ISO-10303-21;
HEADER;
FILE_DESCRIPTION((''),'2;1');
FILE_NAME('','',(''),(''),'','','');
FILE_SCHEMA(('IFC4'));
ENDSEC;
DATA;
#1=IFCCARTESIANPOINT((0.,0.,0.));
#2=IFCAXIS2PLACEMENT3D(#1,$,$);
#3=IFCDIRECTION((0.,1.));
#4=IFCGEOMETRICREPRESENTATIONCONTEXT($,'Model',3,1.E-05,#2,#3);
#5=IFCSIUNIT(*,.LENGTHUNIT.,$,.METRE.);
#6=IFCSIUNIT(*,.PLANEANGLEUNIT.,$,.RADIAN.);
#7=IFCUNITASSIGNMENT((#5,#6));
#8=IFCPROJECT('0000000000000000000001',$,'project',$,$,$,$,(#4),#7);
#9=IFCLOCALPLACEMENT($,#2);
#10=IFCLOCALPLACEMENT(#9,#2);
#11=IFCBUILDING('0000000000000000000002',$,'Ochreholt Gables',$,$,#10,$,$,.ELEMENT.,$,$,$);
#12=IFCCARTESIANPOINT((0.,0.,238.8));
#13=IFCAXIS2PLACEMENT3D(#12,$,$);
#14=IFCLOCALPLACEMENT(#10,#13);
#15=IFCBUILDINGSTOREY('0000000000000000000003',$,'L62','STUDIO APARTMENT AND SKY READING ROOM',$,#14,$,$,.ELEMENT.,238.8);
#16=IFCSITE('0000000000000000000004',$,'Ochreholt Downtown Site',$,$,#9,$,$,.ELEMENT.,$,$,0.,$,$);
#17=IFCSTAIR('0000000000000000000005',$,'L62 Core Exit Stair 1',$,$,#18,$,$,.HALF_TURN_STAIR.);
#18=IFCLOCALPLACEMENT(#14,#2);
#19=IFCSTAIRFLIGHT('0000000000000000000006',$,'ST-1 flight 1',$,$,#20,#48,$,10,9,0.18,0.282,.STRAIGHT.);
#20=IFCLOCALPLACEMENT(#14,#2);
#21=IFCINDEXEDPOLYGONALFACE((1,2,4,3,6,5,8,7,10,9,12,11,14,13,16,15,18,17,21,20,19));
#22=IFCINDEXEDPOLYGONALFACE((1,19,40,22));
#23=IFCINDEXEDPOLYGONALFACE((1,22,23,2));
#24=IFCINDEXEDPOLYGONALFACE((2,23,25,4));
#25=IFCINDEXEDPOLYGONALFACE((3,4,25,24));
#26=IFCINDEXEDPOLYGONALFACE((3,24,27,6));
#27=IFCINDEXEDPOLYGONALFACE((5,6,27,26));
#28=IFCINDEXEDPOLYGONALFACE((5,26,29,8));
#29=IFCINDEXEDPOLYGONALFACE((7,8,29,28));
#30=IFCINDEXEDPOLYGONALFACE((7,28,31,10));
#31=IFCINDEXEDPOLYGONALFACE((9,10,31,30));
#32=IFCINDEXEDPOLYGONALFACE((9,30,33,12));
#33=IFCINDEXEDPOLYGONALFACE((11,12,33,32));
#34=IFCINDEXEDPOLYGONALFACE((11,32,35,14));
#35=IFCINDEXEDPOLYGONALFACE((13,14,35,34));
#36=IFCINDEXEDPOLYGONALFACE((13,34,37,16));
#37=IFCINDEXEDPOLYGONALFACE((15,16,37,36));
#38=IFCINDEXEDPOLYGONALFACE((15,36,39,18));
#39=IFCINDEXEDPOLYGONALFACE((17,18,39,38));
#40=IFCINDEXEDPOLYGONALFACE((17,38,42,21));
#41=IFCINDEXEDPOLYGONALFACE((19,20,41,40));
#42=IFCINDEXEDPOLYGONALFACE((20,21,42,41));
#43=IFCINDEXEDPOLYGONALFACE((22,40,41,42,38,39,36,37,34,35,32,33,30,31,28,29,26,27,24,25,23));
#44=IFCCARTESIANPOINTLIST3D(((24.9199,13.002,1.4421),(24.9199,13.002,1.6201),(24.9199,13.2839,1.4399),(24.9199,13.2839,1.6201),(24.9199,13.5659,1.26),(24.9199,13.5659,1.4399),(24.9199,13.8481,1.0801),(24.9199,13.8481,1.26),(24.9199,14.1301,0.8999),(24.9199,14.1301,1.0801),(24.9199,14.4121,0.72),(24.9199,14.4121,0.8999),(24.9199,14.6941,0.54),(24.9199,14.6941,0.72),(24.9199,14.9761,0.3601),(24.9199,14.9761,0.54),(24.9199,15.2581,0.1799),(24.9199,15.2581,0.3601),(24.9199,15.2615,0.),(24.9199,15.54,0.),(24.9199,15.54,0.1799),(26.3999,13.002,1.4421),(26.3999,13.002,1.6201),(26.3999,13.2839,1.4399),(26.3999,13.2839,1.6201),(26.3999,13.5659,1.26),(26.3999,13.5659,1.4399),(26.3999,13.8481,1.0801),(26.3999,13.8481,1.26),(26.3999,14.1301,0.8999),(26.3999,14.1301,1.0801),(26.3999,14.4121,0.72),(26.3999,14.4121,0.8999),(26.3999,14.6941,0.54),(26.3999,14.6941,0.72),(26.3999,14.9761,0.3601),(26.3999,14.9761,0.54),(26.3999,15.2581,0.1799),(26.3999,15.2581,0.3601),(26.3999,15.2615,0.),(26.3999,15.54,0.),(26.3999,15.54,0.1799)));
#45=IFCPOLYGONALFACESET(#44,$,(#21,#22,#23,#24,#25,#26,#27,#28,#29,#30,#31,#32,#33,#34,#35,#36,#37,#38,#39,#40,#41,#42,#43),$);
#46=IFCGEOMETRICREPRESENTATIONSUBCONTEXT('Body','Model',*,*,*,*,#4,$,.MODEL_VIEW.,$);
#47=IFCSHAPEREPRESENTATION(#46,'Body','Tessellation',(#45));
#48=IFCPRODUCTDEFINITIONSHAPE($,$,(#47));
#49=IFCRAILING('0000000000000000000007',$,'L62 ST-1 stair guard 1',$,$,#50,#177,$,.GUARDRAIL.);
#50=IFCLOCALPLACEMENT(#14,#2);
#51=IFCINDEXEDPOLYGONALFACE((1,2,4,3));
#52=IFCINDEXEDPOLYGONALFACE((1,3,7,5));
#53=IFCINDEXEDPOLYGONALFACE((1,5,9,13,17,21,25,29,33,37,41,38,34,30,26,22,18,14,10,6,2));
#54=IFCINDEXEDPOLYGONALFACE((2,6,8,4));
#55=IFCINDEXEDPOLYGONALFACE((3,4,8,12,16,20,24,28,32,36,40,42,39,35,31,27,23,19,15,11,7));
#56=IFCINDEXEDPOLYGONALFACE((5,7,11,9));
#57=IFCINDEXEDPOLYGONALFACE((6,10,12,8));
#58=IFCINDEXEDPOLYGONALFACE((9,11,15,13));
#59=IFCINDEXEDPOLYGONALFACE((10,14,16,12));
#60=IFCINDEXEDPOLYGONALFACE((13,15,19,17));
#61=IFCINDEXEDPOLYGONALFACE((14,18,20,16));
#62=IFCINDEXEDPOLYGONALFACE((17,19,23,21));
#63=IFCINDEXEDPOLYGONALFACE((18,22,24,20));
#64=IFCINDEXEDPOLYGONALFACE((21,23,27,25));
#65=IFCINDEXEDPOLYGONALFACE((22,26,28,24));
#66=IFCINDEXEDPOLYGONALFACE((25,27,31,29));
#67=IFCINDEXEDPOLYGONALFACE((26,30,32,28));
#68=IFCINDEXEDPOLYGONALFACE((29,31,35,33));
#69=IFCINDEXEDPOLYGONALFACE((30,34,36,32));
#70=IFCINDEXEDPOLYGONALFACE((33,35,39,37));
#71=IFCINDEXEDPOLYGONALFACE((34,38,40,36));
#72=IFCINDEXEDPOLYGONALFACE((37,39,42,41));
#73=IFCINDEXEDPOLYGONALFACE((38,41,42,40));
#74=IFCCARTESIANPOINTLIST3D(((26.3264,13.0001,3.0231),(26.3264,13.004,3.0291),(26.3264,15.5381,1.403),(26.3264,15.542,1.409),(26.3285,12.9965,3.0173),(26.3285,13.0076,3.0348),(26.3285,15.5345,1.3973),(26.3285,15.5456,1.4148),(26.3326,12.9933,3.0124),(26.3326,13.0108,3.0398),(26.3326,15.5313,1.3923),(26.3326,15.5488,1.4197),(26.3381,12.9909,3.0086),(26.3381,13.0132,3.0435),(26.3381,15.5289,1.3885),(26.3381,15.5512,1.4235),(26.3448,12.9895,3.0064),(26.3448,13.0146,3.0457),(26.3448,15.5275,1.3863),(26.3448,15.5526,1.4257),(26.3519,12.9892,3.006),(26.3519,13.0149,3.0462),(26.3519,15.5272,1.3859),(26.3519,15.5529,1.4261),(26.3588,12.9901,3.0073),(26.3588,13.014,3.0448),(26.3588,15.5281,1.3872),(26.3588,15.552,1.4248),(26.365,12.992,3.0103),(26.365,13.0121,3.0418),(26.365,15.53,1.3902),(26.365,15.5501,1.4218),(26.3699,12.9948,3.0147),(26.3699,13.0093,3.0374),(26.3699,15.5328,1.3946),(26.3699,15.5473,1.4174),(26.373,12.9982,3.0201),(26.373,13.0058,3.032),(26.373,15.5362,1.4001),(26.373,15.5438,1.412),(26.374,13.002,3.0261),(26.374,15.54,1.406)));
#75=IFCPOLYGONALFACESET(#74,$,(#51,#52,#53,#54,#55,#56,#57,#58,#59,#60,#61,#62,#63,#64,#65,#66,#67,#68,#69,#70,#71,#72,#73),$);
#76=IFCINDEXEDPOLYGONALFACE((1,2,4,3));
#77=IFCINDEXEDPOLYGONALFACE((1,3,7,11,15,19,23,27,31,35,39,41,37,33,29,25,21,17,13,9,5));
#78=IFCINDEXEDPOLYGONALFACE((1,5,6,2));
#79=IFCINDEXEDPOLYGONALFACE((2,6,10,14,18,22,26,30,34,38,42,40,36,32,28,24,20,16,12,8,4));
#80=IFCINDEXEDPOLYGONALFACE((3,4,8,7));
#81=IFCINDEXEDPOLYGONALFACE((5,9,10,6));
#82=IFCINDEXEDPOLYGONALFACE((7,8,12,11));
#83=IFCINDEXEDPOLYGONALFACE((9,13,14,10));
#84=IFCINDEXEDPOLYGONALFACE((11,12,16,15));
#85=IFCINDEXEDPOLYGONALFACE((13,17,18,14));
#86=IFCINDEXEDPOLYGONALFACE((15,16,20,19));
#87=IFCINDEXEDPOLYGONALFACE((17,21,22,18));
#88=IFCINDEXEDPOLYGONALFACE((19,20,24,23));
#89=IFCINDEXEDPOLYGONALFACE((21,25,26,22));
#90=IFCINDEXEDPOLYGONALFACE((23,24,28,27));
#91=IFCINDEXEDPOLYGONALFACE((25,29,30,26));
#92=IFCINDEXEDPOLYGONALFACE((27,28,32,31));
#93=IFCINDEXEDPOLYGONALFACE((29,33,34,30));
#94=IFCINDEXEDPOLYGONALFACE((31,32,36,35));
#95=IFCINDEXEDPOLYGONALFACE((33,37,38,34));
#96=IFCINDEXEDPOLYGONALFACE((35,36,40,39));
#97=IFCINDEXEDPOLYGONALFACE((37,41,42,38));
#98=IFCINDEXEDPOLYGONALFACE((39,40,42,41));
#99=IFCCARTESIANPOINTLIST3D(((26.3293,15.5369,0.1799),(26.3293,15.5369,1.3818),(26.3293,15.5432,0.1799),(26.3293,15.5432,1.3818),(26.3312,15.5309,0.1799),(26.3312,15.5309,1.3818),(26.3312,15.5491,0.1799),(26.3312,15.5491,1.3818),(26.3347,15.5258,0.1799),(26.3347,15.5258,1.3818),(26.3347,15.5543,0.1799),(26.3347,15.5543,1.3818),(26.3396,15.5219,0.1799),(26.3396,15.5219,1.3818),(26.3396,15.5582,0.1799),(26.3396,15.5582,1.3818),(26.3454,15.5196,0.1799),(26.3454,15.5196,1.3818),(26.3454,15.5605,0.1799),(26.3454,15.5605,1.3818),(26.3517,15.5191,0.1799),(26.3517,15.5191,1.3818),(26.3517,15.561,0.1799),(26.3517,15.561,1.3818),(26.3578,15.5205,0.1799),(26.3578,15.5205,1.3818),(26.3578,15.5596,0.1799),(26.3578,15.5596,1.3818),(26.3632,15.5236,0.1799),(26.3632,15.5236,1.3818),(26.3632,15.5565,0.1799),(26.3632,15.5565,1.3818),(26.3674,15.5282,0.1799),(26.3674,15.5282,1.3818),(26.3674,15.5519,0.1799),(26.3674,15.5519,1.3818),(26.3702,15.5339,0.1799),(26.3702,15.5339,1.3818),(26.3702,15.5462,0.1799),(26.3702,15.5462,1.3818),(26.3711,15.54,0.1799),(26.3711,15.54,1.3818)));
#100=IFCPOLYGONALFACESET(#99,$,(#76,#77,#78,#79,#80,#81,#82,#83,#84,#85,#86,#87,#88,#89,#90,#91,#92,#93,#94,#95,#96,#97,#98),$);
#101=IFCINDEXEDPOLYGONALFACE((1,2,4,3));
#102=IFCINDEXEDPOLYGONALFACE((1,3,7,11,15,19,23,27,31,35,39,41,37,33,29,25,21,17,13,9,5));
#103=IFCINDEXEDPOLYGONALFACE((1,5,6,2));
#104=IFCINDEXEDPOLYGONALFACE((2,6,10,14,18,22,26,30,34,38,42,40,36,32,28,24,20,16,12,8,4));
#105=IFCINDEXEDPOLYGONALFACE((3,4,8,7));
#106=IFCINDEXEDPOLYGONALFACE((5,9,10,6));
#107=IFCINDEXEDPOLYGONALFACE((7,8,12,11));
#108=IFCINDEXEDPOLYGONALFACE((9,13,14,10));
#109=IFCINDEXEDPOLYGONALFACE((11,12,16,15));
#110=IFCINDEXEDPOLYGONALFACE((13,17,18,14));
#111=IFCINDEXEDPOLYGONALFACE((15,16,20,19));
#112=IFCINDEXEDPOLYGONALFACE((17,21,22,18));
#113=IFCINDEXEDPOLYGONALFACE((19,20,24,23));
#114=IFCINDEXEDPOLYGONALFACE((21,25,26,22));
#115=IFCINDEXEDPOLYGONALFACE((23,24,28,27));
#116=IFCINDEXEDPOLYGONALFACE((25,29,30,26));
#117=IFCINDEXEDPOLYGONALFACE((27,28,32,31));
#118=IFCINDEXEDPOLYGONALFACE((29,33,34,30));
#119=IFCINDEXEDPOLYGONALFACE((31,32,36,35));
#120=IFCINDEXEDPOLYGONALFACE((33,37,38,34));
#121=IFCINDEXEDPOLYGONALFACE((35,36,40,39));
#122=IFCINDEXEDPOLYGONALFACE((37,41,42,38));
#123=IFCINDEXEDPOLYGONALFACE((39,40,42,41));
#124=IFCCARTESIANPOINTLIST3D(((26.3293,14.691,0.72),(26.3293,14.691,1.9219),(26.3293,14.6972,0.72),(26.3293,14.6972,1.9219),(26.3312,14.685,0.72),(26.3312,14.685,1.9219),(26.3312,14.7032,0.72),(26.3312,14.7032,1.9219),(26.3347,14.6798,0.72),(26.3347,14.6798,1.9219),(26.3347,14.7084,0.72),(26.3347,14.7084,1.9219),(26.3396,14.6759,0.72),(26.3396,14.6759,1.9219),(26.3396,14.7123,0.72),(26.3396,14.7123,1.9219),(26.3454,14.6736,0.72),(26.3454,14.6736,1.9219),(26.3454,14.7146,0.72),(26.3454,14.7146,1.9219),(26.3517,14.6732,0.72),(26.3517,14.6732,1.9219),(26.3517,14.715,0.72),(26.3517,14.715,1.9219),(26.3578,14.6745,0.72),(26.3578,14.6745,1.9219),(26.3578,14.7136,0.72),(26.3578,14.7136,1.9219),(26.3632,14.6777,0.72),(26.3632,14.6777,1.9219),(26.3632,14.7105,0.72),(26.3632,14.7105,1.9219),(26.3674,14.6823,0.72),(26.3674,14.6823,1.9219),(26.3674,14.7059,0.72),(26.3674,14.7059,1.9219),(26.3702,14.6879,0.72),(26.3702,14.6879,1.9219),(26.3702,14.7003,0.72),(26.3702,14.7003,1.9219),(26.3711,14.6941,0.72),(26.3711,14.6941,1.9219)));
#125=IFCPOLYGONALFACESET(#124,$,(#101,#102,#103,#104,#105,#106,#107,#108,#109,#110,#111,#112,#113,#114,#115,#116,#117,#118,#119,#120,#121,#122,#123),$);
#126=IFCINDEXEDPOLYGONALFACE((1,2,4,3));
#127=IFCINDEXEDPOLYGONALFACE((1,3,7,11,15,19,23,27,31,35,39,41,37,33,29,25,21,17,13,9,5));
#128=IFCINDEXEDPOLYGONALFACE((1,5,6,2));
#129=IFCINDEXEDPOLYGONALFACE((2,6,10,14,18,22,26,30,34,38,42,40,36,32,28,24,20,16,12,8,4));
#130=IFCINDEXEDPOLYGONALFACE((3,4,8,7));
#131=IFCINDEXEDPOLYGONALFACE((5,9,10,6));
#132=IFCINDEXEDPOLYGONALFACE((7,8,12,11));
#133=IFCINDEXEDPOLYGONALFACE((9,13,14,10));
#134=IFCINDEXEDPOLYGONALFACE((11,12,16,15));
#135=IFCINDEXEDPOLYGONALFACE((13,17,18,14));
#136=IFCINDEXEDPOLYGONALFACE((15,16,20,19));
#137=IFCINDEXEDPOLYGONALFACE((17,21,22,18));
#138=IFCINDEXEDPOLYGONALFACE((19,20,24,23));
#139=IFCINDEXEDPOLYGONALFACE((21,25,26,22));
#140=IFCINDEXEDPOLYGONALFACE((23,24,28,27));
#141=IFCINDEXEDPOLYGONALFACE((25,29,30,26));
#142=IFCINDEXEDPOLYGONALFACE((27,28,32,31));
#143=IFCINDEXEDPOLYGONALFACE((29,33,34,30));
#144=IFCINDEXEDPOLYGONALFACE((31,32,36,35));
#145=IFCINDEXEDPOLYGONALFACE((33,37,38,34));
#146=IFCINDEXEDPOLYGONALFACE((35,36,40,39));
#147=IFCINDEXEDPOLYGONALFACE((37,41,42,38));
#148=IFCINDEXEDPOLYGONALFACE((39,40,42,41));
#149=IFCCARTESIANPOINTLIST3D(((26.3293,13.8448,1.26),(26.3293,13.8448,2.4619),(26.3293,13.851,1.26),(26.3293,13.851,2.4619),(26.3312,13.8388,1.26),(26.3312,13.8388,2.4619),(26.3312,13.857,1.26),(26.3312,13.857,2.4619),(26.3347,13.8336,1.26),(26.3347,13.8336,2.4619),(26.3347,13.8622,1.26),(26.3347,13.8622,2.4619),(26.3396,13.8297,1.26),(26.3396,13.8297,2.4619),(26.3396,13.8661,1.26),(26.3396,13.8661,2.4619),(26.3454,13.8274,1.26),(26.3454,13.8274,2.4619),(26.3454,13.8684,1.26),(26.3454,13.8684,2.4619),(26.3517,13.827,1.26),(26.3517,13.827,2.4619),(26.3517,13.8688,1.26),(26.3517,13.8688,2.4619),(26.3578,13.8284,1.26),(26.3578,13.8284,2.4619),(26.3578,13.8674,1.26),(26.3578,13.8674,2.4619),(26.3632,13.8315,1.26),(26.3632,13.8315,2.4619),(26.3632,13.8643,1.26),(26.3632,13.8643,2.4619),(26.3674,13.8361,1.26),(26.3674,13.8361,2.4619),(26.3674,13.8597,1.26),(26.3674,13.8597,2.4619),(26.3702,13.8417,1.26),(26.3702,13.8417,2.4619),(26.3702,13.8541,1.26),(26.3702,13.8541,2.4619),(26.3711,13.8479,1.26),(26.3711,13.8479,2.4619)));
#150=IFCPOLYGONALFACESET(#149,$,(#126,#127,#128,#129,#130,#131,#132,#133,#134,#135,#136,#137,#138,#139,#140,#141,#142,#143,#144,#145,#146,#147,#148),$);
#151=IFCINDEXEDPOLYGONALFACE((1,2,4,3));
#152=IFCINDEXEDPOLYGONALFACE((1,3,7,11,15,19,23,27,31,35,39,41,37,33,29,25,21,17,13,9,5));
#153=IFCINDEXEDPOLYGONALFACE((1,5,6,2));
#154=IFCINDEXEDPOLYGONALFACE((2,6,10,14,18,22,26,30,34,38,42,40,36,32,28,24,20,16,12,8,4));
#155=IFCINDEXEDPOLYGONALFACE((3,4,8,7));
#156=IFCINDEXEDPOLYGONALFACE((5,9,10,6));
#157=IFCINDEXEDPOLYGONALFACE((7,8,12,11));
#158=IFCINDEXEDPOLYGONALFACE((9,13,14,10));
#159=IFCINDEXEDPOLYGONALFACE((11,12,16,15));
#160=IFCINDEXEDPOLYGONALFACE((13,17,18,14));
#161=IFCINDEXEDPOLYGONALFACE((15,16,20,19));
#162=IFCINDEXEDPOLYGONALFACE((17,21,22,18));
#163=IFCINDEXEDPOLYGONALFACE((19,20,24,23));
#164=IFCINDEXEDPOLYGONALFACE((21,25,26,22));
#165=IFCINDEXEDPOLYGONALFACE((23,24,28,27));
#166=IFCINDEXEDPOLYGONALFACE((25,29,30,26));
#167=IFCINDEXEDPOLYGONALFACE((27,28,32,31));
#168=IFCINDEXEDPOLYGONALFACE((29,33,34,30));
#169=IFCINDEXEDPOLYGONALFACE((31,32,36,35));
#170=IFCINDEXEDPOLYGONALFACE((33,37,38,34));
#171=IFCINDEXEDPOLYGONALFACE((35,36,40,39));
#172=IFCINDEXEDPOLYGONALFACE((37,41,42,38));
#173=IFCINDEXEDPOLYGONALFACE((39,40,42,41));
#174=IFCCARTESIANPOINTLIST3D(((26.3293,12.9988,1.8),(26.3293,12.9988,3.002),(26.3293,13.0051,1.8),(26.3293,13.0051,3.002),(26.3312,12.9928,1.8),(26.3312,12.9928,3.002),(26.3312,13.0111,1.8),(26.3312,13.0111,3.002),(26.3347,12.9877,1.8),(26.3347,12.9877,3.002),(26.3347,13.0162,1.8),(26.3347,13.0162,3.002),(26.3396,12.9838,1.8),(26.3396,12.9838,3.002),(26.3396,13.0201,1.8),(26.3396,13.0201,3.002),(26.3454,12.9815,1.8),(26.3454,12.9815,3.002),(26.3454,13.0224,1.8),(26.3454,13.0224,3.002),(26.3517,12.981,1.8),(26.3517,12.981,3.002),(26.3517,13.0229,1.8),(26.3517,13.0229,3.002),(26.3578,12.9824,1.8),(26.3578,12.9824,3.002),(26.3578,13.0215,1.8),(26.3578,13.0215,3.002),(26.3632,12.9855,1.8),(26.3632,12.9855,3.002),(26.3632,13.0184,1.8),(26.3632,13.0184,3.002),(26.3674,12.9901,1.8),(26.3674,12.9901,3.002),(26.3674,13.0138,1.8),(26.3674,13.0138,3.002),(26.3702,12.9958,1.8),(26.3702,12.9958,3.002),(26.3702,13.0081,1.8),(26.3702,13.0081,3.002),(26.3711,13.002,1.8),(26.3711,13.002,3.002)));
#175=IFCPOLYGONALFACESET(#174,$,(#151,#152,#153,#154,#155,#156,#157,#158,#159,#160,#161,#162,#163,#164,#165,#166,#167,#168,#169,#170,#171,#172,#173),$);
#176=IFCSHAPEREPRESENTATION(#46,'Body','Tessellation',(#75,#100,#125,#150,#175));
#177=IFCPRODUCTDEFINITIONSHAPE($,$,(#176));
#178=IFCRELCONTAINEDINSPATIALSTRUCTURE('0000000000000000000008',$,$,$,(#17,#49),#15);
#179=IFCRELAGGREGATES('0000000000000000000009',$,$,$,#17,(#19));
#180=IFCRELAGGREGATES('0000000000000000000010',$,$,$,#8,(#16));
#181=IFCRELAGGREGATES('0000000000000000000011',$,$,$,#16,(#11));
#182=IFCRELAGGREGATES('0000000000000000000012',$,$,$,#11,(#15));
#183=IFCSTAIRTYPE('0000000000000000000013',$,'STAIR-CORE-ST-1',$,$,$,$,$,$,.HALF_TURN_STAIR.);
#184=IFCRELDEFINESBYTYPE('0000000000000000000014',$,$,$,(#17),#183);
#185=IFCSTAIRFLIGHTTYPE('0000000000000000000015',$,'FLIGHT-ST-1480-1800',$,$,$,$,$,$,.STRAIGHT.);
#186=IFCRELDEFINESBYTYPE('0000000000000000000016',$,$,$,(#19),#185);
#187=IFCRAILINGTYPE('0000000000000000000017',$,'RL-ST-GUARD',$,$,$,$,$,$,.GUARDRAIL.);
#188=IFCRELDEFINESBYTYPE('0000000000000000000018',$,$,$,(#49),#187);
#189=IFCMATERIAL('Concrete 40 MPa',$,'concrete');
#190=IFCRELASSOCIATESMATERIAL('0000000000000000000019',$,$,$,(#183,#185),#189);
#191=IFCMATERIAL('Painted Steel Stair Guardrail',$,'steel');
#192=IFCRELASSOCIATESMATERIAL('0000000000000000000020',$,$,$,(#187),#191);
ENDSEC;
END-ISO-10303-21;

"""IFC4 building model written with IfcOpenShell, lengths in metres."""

from ifc_helpers import new_model, si_unit, direction, frame, origin, origin_2d, place, context, subcontext, project, spatial, polyline, circle, outline, extrude, material, type_object, element, aggregate, save


model = new_model("IFC4")

# Units and contexts
model_context = context("Model", 3, precision=1e-05, world=origin(), true_north=direction((0.0, 1.0)))
body_context = subcontext(model_context, "Body", "Model", "MODEL_VIEW")
ifc_project = project(units=[si_unit("LENGTHUNIT", "METRE"), si_unit("PLANEANGLEUNIT", "RADIAN")], contexts=[model_context])

# Site, building, storey
site_placement = place(None, origin())
site = spatial("IfcSite", under=ifc_project, at=site_placement, Name="Ochreholt Downtown Site", CompositionType="ELEMENT", RefElevation=0.0)
building_placement = place(site_placement, origin())
building = spatial("IfcBuilding", under=site, at=building_placement, Name="Ochreholt Gables", CompositionType="ELEMENT")
storey_placement = place(building_placement, frame((0.0, 0.0, 238.8)))
storey = spatial("IfcBuildingStorey", under=building, at=storey_placement, Name="L62", Description="STUDIO APARTMENT AND SKY READING ROOM", CompositionType="ELEMENT", Elevation=238.8)

# Shared definitions
ifc_material_1 = material(Name="Concrete 40 MPa", Category="concrete")

# Stair, stair flight
stair_type = type_object("IfcStairType", Name="STAIR-CORE-ST-1", PredefinedType="HALF_TURN_STAIR", material=ifc_material_1)
stair_placement = place(storey_placement, origin())
stair = element("IfcStair", 1, at=stair_placement, inside=storey, type_object=stair_type, Name="L62 Core Exit Stair 1", PredefinedType="HALF_TURN_STAIR")
stair_flight_type = type_object("IfcStairFlightType", Name="FLIGHT-ST-1480-1800", PredefinedType="STRAIGHT", material=ifc_material_1)
stair_flight_placement = place(storey_placement, frame((25.6599, 15.54, 0.0), z_axis=(0.0, 0.0, 1.0), x_axis=(0.0, -1.0, 0.0)))
stair_flight = element("IfcStairFlight", 2, at=stair_flight_placement, type_object=stair_flight_type, Name="ST-1 flight 1", NumberOfRisers=10, NumberOfTreads=9, PredefinedType="STRAIGHT", RiserHeight=0.18, TreadLength=0.282, context=body_context, shape_type="SweptSolid", body=[
    extrude(outline(polyline([(0.0, 0.0), (0.0, 0.1799), (0.282, 0.1799), (0.282, 0.3601), (0.564, 0.3601), (0.564, 0.54), (0.8459, 0.54), (0.8459, 0.72), (1.1279, 0.72), (1.1279, 0.8999), (1.4099, 0.8999), (1.4099, 1.0801), (1.6919, 1.0801), (1.6919, 1.26), (1.9741, 1.26), (1.9741, 1.4399), (2.2561, 1.4399), (2.2561, 1.6201), (2.5381, 1.6201), (2.5381, 1.8), (2.5381, 1.4421), (0.2786, 0.0), (0.0, 0.0)])), frame((0.0, 0.74, 0.0), z_axis=(0.0, -1.0, 0.0), x_axis=(1.0, 0.0, 0.0)), (0.0, 0.0, 1.0), 1.48),
])
aggregate(stair, [stair_flight])

# Railing
ifc_material_2 = material(Name="Painted Steel Stair Guardrail", Category="steel")
railing_type = type_object("IfcRailingType", Name="RL-ST-GUARD", PredefinedType="GUARDRAIL", material=ifc_material_2)
railing_1_placement = place(storey_placement, frame((26.3501, 15.54, 0.1799)))
element("IfcRailing", 3, at=railing_1_placement, inside=storey, type_object=railing_type, Name="L62 ST-1 stair guard 1", PredefinedType="GUARDRAIL", context=body_context, shape_type="SweptSolid", body=[
    extrude(circle(Radius=0.0239, at=origin_2d()), frame((0.0, 0.0, 1.2261), z_axis=(0.0, -0.842913, 0.53805), x_axis=(1.0, 0.0, 0.0)), (0.0, 0.0, 1.0), 3.011),
    extrude(circle(Radius=0.021, at=origin_2d()), origin(), (0.0, 0.0, 1.0), 1.2019),
    extrude(circle(Radius=0.021, at=origin_2d()), frame((0.0, -0.8459, 0.54)), (0.0, 0.0, 1.0), 1.2019),
    extrude(circle(Radius=0.021, at=origin_2d()), frame((0.0, -1.6921, 1.0801)), (0.0, 0.0, 1.0), 1.2019),
    extrude(circle(Radius=0.021, at=origin_2d()), frame((0.0, -2.5381, 1.6201)), (0.0, 0.0, 1.0), 1.2019),
])

save(model, "model.ifc")
